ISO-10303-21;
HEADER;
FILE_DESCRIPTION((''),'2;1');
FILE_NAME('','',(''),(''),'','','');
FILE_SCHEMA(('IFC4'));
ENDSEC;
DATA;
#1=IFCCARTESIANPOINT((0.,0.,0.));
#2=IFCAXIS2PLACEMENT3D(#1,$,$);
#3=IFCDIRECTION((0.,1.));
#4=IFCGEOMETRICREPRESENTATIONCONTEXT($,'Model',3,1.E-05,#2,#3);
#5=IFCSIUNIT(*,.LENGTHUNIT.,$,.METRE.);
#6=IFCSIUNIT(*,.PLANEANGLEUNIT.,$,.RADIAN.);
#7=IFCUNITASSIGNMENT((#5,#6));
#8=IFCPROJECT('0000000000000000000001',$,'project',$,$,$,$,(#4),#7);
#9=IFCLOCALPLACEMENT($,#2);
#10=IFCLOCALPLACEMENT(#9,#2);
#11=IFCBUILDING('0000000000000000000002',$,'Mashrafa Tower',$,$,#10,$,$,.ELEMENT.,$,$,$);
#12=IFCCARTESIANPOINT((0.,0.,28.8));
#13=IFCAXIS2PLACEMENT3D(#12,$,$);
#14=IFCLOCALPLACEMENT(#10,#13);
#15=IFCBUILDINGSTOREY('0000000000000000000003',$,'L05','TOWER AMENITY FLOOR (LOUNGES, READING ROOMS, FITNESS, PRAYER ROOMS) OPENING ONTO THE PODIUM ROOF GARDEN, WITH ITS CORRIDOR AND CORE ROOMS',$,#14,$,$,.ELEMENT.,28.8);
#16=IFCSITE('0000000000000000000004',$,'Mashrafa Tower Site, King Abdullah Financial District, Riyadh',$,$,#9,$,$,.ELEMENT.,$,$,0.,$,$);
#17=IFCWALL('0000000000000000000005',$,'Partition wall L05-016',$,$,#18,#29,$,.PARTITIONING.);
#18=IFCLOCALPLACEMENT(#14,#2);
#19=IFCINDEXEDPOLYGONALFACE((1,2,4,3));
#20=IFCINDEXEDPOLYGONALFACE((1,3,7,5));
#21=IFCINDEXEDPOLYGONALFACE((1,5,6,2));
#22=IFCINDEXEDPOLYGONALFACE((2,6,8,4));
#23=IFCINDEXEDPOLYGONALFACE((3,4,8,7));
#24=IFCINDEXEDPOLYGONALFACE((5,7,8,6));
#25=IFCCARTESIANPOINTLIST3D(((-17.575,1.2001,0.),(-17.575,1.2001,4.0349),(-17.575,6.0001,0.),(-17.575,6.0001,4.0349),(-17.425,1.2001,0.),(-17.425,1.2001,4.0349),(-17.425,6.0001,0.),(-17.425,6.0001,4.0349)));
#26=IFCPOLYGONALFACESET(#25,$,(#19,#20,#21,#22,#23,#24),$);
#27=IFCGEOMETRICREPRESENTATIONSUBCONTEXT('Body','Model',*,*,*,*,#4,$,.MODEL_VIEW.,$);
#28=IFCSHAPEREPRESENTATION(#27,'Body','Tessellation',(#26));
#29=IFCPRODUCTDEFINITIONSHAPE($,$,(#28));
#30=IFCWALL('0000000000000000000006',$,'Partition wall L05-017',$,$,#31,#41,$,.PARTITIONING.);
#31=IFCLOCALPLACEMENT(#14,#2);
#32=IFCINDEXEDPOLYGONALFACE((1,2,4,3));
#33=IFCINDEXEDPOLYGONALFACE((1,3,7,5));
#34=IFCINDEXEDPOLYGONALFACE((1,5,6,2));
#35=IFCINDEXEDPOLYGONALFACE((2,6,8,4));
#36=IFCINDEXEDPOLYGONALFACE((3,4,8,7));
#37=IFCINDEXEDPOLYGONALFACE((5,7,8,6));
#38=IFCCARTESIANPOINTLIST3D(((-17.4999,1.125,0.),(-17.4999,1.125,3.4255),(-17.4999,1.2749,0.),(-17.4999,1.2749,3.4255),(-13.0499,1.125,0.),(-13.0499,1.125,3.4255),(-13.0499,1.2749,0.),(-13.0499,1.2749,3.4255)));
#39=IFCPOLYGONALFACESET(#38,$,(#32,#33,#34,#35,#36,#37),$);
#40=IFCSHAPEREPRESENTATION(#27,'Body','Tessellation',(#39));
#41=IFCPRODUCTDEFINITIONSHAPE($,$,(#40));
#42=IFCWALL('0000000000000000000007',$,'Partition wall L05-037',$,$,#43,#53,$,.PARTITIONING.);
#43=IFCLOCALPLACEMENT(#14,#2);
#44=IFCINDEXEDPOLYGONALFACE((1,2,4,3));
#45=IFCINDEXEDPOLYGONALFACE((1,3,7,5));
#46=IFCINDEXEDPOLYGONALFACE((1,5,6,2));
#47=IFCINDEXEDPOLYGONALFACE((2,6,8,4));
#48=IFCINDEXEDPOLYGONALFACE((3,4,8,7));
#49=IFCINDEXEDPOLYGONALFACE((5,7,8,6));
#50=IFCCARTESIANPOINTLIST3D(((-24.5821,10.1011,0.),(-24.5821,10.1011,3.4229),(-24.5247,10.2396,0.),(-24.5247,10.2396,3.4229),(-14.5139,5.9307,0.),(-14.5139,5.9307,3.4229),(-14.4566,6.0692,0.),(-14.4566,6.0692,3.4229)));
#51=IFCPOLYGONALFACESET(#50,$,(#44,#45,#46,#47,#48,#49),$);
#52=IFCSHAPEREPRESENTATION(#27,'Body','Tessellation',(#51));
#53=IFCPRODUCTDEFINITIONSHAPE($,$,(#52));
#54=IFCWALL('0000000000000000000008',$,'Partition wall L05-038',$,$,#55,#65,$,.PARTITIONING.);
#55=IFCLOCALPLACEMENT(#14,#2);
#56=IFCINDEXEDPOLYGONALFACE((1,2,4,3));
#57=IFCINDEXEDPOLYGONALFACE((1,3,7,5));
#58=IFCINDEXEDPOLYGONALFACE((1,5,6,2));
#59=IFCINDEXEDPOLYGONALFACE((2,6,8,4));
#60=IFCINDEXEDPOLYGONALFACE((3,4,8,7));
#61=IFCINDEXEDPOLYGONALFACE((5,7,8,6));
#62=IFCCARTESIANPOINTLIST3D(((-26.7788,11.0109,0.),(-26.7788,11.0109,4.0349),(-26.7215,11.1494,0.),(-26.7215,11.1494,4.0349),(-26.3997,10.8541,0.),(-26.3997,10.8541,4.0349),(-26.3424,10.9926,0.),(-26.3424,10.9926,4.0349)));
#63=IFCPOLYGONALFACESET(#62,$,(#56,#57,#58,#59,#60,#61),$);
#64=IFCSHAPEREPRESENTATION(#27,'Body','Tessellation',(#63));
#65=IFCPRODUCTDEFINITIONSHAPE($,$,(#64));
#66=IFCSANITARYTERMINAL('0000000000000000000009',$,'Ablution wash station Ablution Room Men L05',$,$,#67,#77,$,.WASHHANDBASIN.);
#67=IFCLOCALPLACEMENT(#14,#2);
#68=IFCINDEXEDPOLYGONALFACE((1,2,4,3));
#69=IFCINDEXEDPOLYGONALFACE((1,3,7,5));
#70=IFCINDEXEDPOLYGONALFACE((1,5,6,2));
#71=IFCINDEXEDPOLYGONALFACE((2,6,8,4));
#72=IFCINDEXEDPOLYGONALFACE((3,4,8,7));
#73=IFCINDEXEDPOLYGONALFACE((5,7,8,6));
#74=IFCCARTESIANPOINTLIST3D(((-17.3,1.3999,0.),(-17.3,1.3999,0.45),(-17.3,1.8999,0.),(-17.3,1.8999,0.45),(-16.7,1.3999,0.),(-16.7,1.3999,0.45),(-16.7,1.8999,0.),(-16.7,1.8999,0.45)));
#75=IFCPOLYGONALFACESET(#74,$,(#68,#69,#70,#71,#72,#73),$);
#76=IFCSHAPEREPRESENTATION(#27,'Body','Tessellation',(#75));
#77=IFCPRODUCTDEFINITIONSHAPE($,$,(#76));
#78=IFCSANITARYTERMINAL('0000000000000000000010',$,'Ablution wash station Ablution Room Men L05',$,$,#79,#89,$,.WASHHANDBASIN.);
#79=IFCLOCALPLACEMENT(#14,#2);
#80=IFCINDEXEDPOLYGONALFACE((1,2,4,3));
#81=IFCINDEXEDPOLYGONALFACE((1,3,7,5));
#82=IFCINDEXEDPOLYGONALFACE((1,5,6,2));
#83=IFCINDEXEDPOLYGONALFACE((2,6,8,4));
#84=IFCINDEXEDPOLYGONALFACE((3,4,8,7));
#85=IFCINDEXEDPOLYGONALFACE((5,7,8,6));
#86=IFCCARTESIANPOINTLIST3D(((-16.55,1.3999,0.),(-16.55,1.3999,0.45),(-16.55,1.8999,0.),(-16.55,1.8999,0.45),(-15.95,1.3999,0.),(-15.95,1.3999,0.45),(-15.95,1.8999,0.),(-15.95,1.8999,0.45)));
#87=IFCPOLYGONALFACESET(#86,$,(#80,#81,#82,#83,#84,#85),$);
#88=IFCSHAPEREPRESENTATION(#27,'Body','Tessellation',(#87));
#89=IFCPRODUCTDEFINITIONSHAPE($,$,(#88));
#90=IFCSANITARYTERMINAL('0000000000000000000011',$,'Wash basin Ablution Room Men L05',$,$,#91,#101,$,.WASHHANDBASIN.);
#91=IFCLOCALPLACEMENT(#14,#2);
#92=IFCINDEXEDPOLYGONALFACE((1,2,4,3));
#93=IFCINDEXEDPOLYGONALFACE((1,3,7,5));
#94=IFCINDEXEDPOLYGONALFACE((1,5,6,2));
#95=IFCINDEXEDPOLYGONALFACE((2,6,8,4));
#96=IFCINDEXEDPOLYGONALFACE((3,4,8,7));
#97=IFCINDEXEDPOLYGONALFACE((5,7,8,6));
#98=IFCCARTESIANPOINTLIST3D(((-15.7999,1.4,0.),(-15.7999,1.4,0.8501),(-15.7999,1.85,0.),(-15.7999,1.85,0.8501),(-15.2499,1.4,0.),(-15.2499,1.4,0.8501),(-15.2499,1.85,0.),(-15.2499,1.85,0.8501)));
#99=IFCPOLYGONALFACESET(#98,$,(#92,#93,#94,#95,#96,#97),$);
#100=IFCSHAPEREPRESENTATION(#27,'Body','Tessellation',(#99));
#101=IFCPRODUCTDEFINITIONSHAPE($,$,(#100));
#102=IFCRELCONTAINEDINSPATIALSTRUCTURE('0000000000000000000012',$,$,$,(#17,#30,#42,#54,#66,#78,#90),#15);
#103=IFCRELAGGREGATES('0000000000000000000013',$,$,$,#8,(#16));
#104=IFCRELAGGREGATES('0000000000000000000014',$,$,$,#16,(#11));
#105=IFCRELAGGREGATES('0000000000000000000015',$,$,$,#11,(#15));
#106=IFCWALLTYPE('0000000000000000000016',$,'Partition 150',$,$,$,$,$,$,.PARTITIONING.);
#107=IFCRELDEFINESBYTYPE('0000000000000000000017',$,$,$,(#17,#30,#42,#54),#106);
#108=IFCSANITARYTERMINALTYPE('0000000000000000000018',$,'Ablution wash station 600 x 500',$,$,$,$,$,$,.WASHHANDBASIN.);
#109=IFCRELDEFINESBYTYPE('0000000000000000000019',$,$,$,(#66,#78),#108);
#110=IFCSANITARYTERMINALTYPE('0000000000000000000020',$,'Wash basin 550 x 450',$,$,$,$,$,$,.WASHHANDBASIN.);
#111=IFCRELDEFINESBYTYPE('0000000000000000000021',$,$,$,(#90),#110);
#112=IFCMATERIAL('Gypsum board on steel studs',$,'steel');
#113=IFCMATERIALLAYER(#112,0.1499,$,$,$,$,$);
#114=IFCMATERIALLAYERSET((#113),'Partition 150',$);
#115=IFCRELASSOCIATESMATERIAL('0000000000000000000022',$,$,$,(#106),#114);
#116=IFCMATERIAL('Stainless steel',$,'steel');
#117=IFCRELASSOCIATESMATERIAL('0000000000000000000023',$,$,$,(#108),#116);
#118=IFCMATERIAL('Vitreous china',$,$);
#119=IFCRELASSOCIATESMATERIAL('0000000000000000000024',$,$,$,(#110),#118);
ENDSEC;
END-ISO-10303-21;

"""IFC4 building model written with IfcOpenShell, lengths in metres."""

from ifc_helpers import new_model, si_unit, direction, frame, frame_2d, origin, origin_2d, place, context, subcontext, project, spatial, rectangle, extrude, material, layer, layer_set, type_object, element, save


model = new_model("IFC4")

# Units and contexts
model_context = context("Model", 3, precision=1e-05, world=origin(), true_north=direction((0.0, 1.0)))
body_context = subcontext(model_context, "Body", "Model", "MODEL_VIEW")
ifc_project = project(units=[si_unit("LENGTHUNIT", "METRE"), si_unit("PLANEANGLEUNIT", "RADIAN")], contexts=[model_context])

# Site, building, storey
site_placement = place(None, origin())
site = spatial("IfcSite", under=ifc_project, at=site_placement, Name="Mashrafa Tower Site, King Abdullah Financial District, Riyadh", CompositionType="ELEMENT", RefElevation=0.0)
building_placement = place(site_placement, origin())
building = spatial("IfcBuilding", under=site, at=building_placement, Name="Mashrafa Tower", CompositionType="ELEMENT")
storey_placement = place(building_placement, frame((0.0, 0.0, 28.8)))
storey = spatial("IfcBuildingStorey", under=building, at=storey_placement, Name="L05", Description="TOWER AMENITY FLOOR (LOUNGES, READING ROOMS, FITNESS, PRAYER ROOMS) OPENING ONTO THE PODIUM ROOF GARDEN, WITH ITS CORRIDOR AND CORE ROOMS", CompositionType="ELEMENT", Elevation=28.8)

# Walls
ifc_material_1 = material(Name="Gypsum board on steel studs", Category="steel")
ifc_layer_1 = layer(ifc_material_1, 0.1499)
ifc_layer_set_1 = layer_set([ifc_layer_1], Name="Partition 150")
wall_type = type_object("IfcWallType", Name="Partition 150", PredefinedType="PARTITIONING", material=ifc_layer_set_1)
wall_1_placement = place(storey_placement, frame((-17.5, 6.0, 0.0), z_axis=(0.0, 0.0, 1.0), x_axis=(0.0, -1.0, 0.0)))
element("IfcWall", 1, at=wall_1_placement, inside=storey, type_object=wall_type, Name="Partition wall L05-016", PredefinedType="PARTITIONING", context=body_context, shape_type="SweptSolid", body=[
    extrude(rectangle(XDim=4.8, YDim=0.1499, at=frame_2d((2.3999, 0.0))), origin(), (0.0, 0.0, 1.0), 4.0349),
])
wall_2_placement = place(storey_placement, frame((-17.5, 1.2, 0.0), z_axis=(0.0, 0.0, 1.0), x_axis=(1.0, 0.0, 0.0)))
element("IfcWall", 2, at=wall_2_placement, inside=storey, type_object=wall_type, Name="Partition wall L05-017", PredefinedType="PARTITIONING", context=body_context, shape_type="SweptSolid", body=[
    extrude(rectangle(XDim=4.45, YDim=0.1499, at=frame_2d((2.2251, 0.0))), origin(), (0.0, 0.0, 1.0), 3.4255),
])
wall_3_placement = place(storey_placement, frame((-14.4854, 6.0, 0.0), z_axis=(0.0, 0.0, 1.0), x_axis=(-0.923878, 0.382688, 0.0)))
element("IfcWall", 3, at=wall_3_placement, inside=storey, type_object=wall_type, Name="Partition wall L05-037", PredefinedType="PARTITIONING", context=body_context, shape_type="SweptSolid", body=[
    extrude(rectangle(XDim=10.8977, YDim=0.1499, at=frame_2d((5.4487, 0.0))), origin(), (0.0, 0.0, 1.0), 3.4229),
])
wall_4_placement = place(storey_placement, frame((-26.3711, 10.9233, 0.0), z_axis=(0.0, 0.0, 1.0), x_axis=(-0.92406, 0.382247, 0.0)))
element("IfcWall", 4, at=wall_4_placement, inside=storey, type_object=wall_type, Name="Partition wall L05-038", PredefinedType="PARTITIONING", context=body_context, shape_type="SweptSolid", body=[
    extrude(rectangle(XDim=0.4102, YDim=0.1499, at=frame_2d((0.2051, 0.0))), origin(), (0.0, 0.0, 1.0), 4.0349),
])

# Sanitary terminals
ifc_material_2 = material(Name="Stainless steel", Category="steel")
sanitary_terminal_type_1 = type_object("IfcSanitaryTerminalType", Name="Ablution wash station 600 x 500", PredefinedType="WASHHANDBASIN", material=ifc_material_2)
for number, where, z_axis, x_axis, name in (
    (5, (-17.0, 1.6499, 0.0), (0.0, 0.0, 1.0), (1.0, 0.0, 0.0), "Ablution wash station Ablution Room Men L05"),
    (6, (-16.25, 1.6499, 0.0), (0.0, 0.0, 1.0), (1.0, 0.0, 0.0), "Ablution wash station Ablution Room Men L05"),
):
    element("IfcSanitaryTerminal", number, at=place(storey_placement, frame(where, z_axis=z_axis, x_axis=x_axis)), inside=storey, type_object=sanitary_terminal_type_1, Name=name, PredefinedType="WASHHANDBASIN", context=body_context, shape_type="SweptSolid", body=[
        extrude(rectangle(XDim=0.6001, YDim=0.5, at=origin_2d()), origin(), (0.0, 0.0, 1.0), 0.45),
    ])
ifc_material_3 = material(Name="Vitreous china")
sanitary_terminal_type_2 = type_object("IfcSanitaryTerminalType", Name="Wash basin 550 x 450", PredefinedType="WASHHANDBASIN", material=ifc_material_3)
sanitary_terminal_placement = place(storey_placement, frame((-15.5249, 1.625, 0.0), z_axis=(0.0, 0.0, 1.0), x_axis=(1.0, 0.0, 0.0)))
element("IfcSanitaryTerminal", 7, at=sanitary_terminal_placement, inside=storey, type_object=sanitary_terminal_type_2, Name="Wash basin Ablution Room Men L05", PredefinedType="WASHHANDBASIN", context=body_context, shape_type="SweptSolid", body=[
    extrude(rectangle(XDim=0.55, YDim=0.45, at=origin_2d()), origin(), (0.0, 0.0, 1.0), 0.8501),
])

save(model, "model.ifc")
